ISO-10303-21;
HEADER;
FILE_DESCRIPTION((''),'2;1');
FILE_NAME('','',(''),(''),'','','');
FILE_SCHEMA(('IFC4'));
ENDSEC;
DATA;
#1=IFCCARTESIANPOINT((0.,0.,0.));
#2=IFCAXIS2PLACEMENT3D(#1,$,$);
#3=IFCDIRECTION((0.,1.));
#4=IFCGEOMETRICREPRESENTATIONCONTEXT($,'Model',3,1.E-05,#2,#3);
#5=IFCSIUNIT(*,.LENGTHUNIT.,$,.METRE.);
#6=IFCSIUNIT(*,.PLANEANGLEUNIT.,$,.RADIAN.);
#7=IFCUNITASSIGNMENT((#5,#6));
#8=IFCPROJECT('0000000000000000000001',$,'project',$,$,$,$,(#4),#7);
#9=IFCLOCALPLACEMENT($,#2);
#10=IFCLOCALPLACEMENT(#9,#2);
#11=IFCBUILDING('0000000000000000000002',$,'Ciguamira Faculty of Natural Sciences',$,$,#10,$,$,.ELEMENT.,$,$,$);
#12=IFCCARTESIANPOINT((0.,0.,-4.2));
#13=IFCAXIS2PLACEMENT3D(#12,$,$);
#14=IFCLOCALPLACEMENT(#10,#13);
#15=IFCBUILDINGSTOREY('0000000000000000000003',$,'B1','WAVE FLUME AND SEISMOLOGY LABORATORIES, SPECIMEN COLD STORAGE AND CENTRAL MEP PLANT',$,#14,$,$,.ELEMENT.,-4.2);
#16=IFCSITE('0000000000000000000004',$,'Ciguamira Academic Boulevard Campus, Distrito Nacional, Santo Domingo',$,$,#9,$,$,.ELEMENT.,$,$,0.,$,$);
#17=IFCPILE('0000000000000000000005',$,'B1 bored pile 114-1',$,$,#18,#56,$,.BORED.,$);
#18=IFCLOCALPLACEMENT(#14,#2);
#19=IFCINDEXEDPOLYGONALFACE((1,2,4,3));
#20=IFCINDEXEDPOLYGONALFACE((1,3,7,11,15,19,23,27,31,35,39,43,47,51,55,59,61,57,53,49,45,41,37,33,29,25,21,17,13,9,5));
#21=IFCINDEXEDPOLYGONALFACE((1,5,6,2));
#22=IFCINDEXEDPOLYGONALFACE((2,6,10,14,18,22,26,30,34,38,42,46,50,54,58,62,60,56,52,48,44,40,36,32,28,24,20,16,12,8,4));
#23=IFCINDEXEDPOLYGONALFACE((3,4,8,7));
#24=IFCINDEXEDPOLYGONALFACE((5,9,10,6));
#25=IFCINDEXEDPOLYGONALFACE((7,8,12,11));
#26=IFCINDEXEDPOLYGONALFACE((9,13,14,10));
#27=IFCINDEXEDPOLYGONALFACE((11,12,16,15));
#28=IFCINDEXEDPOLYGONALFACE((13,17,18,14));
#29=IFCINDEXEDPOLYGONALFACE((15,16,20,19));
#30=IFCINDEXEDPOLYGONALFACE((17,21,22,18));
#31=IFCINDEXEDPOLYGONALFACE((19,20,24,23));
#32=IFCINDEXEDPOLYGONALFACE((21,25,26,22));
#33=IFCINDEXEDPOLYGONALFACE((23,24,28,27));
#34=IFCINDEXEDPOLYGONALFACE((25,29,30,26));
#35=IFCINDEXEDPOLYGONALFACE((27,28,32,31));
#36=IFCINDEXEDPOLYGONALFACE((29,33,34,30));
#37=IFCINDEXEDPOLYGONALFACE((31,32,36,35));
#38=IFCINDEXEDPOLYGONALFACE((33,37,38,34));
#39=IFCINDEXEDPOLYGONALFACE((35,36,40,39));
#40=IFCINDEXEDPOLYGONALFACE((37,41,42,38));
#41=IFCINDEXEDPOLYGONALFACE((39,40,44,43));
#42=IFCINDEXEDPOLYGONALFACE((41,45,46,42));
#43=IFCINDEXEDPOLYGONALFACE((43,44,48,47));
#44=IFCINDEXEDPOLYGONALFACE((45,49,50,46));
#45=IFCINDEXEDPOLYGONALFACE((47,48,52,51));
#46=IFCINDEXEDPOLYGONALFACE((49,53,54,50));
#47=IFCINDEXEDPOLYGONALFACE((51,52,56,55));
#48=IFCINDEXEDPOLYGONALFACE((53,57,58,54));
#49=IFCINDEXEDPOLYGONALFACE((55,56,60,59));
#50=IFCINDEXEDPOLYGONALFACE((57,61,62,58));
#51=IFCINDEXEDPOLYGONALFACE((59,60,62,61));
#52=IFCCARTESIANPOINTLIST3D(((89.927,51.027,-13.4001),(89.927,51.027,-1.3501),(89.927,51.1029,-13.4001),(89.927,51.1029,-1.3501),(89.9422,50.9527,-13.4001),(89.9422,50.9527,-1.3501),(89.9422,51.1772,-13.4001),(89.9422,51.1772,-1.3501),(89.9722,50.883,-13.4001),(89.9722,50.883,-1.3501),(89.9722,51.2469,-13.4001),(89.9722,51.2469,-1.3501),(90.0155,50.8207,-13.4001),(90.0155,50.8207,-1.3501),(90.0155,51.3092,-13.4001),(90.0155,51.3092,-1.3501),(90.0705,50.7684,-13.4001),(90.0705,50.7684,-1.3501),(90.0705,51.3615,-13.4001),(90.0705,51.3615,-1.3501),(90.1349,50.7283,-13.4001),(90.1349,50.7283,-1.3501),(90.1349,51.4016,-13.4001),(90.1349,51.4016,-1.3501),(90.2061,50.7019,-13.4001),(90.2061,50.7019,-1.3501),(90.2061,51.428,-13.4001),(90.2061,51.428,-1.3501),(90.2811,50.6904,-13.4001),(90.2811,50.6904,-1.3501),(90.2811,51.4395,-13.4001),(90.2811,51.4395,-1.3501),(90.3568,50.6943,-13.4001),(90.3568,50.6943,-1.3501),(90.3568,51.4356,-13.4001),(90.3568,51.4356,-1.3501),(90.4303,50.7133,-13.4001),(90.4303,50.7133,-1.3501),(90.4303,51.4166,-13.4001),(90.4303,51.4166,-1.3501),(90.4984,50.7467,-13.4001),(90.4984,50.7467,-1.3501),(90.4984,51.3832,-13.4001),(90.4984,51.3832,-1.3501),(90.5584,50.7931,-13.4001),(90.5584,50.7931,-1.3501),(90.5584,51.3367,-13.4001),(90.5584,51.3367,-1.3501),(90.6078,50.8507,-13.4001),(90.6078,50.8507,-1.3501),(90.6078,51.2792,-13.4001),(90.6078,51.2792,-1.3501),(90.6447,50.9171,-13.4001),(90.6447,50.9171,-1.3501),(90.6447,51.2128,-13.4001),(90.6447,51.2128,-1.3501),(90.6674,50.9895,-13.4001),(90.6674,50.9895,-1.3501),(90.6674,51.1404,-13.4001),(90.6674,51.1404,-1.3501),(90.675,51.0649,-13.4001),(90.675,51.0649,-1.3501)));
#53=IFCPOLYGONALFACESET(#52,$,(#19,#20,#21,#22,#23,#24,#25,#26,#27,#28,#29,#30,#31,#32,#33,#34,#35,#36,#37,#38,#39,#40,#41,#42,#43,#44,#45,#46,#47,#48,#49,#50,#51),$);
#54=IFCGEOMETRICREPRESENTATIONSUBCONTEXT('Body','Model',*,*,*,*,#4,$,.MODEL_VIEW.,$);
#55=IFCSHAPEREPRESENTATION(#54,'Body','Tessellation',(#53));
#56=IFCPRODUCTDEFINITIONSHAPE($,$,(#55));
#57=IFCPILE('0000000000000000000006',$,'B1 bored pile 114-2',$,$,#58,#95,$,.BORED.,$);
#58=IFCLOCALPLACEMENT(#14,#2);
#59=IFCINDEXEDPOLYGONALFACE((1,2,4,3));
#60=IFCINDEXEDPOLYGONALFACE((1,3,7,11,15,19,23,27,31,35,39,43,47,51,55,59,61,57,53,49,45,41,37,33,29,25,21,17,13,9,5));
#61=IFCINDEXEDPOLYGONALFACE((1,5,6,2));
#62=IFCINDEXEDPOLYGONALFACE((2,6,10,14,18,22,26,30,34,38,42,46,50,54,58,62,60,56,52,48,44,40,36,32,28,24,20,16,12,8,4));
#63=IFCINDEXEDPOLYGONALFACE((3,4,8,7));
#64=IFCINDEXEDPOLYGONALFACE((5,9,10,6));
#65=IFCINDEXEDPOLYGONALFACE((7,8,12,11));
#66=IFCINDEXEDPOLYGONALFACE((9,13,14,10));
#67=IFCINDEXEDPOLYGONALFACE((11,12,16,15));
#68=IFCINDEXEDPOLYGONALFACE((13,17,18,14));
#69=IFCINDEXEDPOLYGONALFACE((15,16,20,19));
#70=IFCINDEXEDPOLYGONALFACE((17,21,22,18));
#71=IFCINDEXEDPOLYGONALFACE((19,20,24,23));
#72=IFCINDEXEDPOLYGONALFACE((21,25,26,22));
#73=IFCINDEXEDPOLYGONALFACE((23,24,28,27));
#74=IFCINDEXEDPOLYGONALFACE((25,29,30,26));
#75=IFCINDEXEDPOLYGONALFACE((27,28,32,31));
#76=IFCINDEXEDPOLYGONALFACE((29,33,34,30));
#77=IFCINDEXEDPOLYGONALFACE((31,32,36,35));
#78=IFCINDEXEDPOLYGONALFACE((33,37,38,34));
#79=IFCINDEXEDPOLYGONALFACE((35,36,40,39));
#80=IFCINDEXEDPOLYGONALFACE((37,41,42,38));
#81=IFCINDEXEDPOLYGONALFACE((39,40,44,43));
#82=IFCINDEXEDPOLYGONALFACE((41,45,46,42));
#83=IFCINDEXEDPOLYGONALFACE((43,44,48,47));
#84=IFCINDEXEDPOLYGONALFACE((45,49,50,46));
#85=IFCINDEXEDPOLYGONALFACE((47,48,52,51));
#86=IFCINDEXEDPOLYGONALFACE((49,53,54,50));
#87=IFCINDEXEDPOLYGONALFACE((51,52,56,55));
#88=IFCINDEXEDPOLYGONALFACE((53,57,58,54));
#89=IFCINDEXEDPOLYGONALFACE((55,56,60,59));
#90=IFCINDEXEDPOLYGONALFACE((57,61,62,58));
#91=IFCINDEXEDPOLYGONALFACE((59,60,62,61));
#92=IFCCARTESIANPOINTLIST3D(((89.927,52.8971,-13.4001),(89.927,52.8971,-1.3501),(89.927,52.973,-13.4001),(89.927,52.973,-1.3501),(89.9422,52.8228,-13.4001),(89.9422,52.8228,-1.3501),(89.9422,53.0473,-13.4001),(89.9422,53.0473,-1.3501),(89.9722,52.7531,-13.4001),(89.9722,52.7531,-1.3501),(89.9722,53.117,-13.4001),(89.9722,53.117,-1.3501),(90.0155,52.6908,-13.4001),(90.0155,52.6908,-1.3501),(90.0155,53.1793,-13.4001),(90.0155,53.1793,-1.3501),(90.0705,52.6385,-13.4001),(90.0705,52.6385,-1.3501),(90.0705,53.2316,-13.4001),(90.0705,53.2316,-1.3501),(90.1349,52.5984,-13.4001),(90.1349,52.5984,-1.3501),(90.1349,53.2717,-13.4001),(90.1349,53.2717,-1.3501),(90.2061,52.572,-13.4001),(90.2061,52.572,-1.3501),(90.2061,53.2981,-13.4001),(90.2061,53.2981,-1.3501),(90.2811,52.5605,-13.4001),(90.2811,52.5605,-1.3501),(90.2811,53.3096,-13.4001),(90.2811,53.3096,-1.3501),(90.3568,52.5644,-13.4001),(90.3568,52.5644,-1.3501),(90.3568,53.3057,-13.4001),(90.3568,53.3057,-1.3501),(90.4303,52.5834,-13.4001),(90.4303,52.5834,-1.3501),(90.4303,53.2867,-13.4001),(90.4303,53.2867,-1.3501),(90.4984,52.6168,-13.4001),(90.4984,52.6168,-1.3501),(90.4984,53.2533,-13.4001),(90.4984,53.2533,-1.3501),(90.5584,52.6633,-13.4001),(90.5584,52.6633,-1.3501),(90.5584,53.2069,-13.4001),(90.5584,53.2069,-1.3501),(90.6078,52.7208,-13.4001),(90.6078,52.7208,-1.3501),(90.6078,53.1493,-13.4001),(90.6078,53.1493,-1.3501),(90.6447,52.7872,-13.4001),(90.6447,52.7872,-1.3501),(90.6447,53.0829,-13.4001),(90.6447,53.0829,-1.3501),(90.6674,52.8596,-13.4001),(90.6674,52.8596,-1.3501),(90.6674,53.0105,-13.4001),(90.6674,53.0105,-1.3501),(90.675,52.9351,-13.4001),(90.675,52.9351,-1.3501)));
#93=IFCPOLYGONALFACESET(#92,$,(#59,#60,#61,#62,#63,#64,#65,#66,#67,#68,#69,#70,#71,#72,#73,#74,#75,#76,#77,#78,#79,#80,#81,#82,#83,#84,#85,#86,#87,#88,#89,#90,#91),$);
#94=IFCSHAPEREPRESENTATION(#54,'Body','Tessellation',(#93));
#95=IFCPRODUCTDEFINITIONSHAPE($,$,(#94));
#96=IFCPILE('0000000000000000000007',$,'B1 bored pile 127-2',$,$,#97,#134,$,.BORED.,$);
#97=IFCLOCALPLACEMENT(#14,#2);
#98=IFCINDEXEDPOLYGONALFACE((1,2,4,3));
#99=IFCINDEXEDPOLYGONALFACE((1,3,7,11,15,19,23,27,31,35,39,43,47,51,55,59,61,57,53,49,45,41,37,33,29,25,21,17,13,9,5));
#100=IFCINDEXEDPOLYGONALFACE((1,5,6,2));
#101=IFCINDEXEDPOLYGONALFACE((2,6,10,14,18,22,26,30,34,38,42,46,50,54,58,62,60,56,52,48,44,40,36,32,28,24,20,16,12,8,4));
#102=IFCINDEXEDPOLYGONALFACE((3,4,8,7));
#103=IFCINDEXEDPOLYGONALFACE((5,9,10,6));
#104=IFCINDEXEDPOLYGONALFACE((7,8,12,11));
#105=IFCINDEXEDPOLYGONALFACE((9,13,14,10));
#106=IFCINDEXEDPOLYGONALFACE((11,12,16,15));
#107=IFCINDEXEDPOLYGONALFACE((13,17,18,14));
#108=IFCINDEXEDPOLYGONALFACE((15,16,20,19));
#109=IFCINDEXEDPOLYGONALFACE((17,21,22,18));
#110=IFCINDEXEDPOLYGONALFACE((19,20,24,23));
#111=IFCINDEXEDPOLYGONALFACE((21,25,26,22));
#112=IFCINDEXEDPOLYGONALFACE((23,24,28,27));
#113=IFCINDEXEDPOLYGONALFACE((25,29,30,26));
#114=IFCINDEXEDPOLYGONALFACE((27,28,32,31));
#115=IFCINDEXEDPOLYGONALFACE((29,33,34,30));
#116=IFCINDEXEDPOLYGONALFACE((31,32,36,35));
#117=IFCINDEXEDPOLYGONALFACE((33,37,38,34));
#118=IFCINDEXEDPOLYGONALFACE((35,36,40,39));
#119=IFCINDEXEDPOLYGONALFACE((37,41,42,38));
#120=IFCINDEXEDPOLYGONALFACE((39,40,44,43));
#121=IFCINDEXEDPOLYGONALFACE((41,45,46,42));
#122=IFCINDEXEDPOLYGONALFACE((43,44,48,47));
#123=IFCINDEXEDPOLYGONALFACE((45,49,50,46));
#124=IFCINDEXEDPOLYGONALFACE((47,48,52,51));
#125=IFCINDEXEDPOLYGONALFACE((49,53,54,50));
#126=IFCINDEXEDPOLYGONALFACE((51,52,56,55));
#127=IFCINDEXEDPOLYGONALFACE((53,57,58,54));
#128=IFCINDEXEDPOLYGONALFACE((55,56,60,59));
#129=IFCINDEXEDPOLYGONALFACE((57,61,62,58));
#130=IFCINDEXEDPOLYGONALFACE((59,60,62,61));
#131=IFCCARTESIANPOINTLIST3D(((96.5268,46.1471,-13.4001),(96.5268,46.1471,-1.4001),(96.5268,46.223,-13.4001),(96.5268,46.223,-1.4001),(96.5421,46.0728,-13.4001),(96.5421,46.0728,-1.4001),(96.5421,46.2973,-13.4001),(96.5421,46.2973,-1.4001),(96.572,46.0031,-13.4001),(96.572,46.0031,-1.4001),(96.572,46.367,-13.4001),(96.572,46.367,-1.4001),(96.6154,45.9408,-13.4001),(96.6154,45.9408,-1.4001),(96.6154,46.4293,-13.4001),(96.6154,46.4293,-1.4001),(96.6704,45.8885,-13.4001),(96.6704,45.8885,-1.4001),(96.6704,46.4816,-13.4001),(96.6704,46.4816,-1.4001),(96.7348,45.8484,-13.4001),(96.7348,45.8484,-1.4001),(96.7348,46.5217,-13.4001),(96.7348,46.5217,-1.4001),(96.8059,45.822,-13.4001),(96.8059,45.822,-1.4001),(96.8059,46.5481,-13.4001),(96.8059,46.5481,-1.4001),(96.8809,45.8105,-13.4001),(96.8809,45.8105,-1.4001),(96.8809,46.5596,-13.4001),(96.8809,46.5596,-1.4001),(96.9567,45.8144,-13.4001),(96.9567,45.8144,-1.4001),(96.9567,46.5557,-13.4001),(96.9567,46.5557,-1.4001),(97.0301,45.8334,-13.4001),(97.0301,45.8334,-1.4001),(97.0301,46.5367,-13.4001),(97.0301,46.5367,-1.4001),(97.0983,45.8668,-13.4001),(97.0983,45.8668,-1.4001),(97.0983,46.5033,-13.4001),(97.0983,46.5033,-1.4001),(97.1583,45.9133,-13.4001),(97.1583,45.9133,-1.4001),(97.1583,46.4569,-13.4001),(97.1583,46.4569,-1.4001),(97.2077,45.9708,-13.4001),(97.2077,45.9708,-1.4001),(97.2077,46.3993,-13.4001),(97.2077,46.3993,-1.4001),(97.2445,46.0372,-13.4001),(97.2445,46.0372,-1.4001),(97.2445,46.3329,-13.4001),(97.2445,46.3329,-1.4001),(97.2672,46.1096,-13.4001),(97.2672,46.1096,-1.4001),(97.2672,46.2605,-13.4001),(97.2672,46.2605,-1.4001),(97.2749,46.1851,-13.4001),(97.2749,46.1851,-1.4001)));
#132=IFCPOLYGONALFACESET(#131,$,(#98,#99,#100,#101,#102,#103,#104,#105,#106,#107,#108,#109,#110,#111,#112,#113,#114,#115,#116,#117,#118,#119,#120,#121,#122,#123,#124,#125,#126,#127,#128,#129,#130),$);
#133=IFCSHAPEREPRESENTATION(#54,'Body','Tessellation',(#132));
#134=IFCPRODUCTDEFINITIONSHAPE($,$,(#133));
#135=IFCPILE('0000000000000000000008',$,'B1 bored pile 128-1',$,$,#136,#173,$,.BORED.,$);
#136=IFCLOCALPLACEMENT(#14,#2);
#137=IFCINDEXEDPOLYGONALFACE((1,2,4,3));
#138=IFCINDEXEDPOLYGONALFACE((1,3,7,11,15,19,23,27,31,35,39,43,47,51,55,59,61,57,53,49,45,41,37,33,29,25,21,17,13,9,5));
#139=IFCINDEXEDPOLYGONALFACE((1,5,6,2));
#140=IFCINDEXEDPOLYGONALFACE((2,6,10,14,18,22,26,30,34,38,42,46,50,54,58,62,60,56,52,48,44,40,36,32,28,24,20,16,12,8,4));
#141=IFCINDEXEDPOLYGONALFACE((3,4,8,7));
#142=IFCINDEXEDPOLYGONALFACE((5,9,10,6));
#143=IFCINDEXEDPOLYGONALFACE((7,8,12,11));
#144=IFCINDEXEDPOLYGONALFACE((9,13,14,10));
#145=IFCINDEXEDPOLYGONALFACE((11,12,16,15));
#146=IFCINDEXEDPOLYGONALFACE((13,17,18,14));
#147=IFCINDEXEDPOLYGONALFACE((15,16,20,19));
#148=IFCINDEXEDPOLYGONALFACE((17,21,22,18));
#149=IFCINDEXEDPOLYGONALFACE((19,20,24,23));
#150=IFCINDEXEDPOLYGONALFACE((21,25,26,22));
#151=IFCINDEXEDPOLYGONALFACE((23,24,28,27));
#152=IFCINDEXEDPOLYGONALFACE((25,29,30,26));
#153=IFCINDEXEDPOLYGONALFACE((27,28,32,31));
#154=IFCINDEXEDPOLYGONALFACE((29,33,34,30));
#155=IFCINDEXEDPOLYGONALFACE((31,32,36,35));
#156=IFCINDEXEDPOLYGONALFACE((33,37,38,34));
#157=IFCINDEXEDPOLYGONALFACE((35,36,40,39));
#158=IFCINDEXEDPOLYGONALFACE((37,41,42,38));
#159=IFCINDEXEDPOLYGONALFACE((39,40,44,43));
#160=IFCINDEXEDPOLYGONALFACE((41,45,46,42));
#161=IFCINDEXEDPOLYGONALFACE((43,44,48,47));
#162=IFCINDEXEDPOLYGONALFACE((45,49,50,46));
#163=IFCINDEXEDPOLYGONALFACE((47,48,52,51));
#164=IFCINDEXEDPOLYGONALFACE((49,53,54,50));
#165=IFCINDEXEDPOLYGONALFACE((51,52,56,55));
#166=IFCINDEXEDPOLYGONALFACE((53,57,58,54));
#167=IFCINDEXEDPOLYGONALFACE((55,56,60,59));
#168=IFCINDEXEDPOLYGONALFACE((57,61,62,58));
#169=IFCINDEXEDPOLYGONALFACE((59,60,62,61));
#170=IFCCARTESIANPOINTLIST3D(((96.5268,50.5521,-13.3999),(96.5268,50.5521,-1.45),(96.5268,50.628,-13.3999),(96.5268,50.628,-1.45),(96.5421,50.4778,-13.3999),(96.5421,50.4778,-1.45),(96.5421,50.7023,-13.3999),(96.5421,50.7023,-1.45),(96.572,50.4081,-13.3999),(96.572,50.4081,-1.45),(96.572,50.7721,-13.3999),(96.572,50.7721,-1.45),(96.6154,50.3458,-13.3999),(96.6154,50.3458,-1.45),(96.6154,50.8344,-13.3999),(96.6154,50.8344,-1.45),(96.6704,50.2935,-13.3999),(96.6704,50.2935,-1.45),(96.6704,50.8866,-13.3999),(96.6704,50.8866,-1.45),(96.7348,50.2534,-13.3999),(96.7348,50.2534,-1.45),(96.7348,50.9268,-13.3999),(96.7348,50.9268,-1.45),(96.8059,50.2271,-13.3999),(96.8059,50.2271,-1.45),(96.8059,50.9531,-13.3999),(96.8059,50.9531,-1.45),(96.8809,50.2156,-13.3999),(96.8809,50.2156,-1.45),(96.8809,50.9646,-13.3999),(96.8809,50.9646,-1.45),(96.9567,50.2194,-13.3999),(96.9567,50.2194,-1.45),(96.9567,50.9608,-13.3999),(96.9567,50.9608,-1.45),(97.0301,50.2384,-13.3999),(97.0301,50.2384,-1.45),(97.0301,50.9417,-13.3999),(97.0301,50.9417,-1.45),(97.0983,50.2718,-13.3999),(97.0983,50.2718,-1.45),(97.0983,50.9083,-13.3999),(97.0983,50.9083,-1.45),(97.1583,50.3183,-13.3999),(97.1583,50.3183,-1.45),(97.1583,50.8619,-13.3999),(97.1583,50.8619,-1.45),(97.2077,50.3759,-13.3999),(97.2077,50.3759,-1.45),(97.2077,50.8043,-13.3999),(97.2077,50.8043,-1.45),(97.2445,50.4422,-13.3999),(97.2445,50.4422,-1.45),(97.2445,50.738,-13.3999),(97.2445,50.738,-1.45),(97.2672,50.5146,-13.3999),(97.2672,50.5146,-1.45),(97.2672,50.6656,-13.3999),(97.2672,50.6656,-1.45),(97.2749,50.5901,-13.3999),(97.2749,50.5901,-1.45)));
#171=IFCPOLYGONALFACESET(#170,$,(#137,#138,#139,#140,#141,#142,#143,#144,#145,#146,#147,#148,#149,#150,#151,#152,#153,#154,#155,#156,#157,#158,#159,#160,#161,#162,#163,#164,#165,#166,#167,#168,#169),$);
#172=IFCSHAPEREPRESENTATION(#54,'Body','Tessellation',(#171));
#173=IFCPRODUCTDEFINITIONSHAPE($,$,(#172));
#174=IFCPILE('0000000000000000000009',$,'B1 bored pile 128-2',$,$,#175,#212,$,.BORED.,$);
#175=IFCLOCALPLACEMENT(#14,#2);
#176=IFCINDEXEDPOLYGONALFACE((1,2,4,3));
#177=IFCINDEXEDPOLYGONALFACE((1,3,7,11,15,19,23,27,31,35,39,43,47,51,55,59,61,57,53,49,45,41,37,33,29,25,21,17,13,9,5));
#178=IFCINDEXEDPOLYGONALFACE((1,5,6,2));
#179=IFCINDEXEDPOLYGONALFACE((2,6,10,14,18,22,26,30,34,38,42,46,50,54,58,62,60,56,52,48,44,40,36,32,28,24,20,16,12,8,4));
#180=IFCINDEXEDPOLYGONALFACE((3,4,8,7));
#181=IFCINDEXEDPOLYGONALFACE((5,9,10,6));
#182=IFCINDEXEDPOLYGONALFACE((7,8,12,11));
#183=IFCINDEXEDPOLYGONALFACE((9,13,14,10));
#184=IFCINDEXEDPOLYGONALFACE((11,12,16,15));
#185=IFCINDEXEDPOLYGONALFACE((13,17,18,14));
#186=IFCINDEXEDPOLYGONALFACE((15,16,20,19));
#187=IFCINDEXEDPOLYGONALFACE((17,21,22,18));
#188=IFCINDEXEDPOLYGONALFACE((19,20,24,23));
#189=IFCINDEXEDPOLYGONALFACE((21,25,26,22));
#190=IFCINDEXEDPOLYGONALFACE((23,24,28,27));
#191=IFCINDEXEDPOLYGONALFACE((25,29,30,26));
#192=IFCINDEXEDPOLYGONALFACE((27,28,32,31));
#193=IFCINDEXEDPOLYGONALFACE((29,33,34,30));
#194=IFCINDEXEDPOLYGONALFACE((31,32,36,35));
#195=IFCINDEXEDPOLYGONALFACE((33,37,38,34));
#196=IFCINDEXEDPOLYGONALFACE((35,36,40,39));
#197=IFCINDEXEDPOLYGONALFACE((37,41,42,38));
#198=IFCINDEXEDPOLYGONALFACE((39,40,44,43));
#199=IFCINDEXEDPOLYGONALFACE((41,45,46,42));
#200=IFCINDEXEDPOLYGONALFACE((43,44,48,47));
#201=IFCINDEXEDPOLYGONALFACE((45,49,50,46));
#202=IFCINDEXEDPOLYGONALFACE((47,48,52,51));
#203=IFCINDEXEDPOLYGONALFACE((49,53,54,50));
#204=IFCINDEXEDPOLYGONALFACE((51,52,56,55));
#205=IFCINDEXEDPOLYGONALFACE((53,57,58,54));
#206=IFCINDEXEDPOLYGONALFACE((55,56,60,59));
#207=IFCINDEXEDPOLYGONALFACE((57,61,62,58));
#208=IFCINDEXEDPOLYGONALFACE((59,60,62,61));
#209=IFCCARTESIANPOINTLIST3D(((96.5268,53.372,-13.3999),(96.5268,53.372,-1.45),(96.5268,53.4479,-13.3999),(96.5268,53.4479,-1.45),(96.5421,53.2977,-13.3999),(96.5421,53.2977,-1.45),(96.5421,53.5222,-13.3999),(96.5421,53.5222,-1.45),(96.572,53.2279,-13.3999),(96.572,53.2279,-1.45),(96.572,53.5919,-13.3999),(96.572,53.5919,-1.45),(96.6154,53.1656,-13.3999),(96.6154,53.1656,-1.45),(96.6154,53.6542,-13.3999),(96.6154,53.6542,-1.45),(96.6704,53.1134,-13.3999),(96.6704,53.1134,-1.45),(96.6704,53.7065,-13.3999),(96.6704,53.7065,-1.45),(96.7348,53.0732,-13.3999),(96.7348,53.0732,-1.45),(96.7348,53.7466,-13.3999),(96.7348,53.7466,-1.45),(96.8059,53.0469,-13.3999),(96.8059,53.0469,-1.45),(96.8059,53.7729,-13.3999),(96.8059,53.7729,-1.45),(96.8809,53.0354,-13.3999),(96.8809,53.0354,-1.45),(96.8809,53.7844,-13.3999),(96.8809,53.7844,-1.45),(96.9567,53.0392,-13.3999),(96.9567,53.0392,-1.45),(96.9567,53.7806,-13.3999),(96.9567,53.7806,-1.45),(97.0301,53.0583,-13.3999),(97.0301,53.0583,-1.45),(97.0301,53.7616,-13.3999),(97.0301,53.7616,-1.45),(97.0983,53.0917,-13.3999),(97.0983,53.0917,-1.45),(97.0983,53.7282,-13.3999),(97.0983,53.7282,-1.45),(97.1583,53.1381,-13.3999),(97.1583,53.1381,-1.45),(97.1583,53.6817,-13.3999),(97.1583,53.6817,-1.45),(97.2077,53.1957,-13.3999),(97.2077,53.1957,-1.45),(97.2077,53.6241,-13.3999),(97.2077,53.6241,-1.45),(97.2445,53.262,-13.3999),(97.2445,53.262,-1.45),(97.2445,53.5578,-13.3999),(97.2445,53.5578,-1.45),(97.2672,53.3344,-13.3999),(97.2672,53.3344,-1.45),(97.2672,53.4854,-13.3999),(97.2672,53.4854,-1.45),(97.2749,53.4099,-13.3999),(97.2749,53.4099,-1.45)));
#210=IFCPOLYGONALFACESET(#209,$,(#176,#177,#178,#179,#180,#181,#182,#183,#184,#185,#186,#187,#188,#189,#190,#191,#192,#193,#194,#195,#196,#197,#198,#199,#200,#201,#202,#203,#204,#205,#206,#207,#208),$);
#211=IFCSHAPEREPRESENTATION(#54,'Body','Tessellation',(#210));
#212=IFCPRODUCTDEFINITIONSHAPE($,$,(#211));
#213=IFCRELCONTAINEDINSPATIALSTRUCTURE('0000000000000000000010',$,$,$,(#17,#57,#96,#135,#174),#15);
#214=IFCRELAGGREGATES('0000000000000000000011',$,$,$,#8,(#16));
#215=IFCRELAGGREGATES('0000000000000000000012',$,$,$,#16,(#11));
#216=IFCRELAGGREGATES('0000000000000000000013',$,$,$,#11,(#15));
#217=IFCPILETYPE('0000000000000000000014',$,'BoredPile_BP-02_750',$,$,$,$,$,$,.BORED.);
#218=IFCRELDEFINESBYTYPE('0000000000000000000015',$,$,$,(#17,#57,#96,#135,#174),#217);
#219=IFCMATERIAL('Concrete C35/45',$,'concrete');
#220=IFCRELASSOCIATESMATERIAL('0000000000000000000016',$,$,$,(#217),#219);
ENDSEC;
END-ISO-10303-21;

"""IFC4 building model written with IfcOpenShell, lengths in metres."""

from ifc_helpers import new_model, si_unit, direction, frame, origin, origin_2d, place, context, subcontext, project, spatial, circle, extrude, material, material_profile, profile_set, type_object, element, save


model = new_model("IFC4")

# Units and contexts
model_context = context("Model", 3, precision=1e-05, world=origin(), true_north=direction((0.0, 1.0)))
body_context = subcontext(model_context, "Body", "Model", "MODEL_VIEW")
ifc_project = project(units=[si_unit("LENGTHUNIT", "METRE"), si_unit("PLANEANGLEUNIT", "RADIAN")], contexts=[model_context])

# Site, building, storey
site_placement = place(None, origin())
site = spatial("IfcSite", under=ifc_project, at=site_placement, Name="Ciguamira Academic Boulevard Campus, Distrito Nacional, Santo Domingo", CompositionType="ELEMENT", RefElevation=0.0)
building_placement = place(site_placement, origin())
building = spatial("IfcBuilding", under=site, at=building_placement, Name="Ciguamira Faculty of Natural Sciences", CompositionType="ELEMENT")
storey_placement = place(building_placement, frame((0.0, 0.0, -4.2)))
storey = spatial("IfcBuildingStorey", under=building, at=storey_placement, Name="B1", Description="WAVE FLUME AND SEISMOLOGY LABORATORIES, SPECIMEN COLD STORAGE AND CENTRAL MEP PLANT", CompositionType="ELEMENT", Elevation=-4.2)

# Piles
ifc_material_1 = material(Name="Concrete C35/45", Category="concrete")
ifc_material_profile_1 = material_profile(ifc_material_1, circle(Radius=0.375, at=origin_2d()), Name="PILE-BORED-750")
ifc_profile_set_1 = profile_set([ifc_material_profile_1], Name="Concrete C35/45")
pile_type = type_object("IfcPileType", Name="BoredPile_BP-02_750", PredefinedType="BORED", material=ifc_profile_set_1)
for number, where, z_axis, x_axis, name in (
    (1, (90.3, 51.0649, -1.3501), (0.0, 0.0, -1.0), (1.0, 0.0, 0.0), "B1 bored pile 114-1"),
    (2, (90.3, 52.9351, -1.3501), (0.0, 0.0, -1.0), (1.0, 0.0, 0.0), "B1 bored pile 114-2"),
):
    element("IfcPile", number, at=place(storey_placement, frame(where, z_axis=z_axis, x_axis=x_axis)), inside=storey, type_object=pile_type, Name=name, PredefinedType="BORED", context=body_context, shape_type="SweptSolid", body=[
        extrude(circle(Radius=0.375, at=origin_2d()), origin(), (0.0, 0.0, 1.0), 12.05),
    ])
pile_placement = place(storey_placement, frame((96.8999, 46.1851, -1.4001), z_axis=(0.0, 0.0, -1.0), x_axis=(1.0, 0.0, 0.0)))
element("IfcPile", 3, at=pile_placement, inside=storey, type_object=pile_type, Name="B1 bored pile 127-2", PredefinedType="BORED", context=body_context, shape_type="SweptSolid", body=[
    extrude(circle(Radius=0.375, at=origin_2d()), origin(), (0.0, 0.0, 1.0), 12.0),
])
for number, where, z_axis, x_axis, name in (
    (4, (96.8999, 50.5901, -1.45), (0.0, 0.0, -1.0), (1.0, 0.0, 0.0), "B1 bored pile 128-1"),
    (5, (96.8999, 53.4099, -1.45), (0.0, 0.0, -1.0), (1.0, 0.0, 0.0), "B1 bored pile 128-2"),
):
    element("IfcPile", number, at=place(storey_placement, frame(where, z_axis=z_axis, x_axis=x_axis)), inside=storey, type_object=pile_type, Name=name, PredefinedType="BORED", context=body_context, shape_type="SweptSolid", body=[
        extrude(circle(Radius=0.375, at=origin_2d()), origin(), (0.0, 0.0, 1.0), 11.95),
    ])

save(model, "model.ifc")
